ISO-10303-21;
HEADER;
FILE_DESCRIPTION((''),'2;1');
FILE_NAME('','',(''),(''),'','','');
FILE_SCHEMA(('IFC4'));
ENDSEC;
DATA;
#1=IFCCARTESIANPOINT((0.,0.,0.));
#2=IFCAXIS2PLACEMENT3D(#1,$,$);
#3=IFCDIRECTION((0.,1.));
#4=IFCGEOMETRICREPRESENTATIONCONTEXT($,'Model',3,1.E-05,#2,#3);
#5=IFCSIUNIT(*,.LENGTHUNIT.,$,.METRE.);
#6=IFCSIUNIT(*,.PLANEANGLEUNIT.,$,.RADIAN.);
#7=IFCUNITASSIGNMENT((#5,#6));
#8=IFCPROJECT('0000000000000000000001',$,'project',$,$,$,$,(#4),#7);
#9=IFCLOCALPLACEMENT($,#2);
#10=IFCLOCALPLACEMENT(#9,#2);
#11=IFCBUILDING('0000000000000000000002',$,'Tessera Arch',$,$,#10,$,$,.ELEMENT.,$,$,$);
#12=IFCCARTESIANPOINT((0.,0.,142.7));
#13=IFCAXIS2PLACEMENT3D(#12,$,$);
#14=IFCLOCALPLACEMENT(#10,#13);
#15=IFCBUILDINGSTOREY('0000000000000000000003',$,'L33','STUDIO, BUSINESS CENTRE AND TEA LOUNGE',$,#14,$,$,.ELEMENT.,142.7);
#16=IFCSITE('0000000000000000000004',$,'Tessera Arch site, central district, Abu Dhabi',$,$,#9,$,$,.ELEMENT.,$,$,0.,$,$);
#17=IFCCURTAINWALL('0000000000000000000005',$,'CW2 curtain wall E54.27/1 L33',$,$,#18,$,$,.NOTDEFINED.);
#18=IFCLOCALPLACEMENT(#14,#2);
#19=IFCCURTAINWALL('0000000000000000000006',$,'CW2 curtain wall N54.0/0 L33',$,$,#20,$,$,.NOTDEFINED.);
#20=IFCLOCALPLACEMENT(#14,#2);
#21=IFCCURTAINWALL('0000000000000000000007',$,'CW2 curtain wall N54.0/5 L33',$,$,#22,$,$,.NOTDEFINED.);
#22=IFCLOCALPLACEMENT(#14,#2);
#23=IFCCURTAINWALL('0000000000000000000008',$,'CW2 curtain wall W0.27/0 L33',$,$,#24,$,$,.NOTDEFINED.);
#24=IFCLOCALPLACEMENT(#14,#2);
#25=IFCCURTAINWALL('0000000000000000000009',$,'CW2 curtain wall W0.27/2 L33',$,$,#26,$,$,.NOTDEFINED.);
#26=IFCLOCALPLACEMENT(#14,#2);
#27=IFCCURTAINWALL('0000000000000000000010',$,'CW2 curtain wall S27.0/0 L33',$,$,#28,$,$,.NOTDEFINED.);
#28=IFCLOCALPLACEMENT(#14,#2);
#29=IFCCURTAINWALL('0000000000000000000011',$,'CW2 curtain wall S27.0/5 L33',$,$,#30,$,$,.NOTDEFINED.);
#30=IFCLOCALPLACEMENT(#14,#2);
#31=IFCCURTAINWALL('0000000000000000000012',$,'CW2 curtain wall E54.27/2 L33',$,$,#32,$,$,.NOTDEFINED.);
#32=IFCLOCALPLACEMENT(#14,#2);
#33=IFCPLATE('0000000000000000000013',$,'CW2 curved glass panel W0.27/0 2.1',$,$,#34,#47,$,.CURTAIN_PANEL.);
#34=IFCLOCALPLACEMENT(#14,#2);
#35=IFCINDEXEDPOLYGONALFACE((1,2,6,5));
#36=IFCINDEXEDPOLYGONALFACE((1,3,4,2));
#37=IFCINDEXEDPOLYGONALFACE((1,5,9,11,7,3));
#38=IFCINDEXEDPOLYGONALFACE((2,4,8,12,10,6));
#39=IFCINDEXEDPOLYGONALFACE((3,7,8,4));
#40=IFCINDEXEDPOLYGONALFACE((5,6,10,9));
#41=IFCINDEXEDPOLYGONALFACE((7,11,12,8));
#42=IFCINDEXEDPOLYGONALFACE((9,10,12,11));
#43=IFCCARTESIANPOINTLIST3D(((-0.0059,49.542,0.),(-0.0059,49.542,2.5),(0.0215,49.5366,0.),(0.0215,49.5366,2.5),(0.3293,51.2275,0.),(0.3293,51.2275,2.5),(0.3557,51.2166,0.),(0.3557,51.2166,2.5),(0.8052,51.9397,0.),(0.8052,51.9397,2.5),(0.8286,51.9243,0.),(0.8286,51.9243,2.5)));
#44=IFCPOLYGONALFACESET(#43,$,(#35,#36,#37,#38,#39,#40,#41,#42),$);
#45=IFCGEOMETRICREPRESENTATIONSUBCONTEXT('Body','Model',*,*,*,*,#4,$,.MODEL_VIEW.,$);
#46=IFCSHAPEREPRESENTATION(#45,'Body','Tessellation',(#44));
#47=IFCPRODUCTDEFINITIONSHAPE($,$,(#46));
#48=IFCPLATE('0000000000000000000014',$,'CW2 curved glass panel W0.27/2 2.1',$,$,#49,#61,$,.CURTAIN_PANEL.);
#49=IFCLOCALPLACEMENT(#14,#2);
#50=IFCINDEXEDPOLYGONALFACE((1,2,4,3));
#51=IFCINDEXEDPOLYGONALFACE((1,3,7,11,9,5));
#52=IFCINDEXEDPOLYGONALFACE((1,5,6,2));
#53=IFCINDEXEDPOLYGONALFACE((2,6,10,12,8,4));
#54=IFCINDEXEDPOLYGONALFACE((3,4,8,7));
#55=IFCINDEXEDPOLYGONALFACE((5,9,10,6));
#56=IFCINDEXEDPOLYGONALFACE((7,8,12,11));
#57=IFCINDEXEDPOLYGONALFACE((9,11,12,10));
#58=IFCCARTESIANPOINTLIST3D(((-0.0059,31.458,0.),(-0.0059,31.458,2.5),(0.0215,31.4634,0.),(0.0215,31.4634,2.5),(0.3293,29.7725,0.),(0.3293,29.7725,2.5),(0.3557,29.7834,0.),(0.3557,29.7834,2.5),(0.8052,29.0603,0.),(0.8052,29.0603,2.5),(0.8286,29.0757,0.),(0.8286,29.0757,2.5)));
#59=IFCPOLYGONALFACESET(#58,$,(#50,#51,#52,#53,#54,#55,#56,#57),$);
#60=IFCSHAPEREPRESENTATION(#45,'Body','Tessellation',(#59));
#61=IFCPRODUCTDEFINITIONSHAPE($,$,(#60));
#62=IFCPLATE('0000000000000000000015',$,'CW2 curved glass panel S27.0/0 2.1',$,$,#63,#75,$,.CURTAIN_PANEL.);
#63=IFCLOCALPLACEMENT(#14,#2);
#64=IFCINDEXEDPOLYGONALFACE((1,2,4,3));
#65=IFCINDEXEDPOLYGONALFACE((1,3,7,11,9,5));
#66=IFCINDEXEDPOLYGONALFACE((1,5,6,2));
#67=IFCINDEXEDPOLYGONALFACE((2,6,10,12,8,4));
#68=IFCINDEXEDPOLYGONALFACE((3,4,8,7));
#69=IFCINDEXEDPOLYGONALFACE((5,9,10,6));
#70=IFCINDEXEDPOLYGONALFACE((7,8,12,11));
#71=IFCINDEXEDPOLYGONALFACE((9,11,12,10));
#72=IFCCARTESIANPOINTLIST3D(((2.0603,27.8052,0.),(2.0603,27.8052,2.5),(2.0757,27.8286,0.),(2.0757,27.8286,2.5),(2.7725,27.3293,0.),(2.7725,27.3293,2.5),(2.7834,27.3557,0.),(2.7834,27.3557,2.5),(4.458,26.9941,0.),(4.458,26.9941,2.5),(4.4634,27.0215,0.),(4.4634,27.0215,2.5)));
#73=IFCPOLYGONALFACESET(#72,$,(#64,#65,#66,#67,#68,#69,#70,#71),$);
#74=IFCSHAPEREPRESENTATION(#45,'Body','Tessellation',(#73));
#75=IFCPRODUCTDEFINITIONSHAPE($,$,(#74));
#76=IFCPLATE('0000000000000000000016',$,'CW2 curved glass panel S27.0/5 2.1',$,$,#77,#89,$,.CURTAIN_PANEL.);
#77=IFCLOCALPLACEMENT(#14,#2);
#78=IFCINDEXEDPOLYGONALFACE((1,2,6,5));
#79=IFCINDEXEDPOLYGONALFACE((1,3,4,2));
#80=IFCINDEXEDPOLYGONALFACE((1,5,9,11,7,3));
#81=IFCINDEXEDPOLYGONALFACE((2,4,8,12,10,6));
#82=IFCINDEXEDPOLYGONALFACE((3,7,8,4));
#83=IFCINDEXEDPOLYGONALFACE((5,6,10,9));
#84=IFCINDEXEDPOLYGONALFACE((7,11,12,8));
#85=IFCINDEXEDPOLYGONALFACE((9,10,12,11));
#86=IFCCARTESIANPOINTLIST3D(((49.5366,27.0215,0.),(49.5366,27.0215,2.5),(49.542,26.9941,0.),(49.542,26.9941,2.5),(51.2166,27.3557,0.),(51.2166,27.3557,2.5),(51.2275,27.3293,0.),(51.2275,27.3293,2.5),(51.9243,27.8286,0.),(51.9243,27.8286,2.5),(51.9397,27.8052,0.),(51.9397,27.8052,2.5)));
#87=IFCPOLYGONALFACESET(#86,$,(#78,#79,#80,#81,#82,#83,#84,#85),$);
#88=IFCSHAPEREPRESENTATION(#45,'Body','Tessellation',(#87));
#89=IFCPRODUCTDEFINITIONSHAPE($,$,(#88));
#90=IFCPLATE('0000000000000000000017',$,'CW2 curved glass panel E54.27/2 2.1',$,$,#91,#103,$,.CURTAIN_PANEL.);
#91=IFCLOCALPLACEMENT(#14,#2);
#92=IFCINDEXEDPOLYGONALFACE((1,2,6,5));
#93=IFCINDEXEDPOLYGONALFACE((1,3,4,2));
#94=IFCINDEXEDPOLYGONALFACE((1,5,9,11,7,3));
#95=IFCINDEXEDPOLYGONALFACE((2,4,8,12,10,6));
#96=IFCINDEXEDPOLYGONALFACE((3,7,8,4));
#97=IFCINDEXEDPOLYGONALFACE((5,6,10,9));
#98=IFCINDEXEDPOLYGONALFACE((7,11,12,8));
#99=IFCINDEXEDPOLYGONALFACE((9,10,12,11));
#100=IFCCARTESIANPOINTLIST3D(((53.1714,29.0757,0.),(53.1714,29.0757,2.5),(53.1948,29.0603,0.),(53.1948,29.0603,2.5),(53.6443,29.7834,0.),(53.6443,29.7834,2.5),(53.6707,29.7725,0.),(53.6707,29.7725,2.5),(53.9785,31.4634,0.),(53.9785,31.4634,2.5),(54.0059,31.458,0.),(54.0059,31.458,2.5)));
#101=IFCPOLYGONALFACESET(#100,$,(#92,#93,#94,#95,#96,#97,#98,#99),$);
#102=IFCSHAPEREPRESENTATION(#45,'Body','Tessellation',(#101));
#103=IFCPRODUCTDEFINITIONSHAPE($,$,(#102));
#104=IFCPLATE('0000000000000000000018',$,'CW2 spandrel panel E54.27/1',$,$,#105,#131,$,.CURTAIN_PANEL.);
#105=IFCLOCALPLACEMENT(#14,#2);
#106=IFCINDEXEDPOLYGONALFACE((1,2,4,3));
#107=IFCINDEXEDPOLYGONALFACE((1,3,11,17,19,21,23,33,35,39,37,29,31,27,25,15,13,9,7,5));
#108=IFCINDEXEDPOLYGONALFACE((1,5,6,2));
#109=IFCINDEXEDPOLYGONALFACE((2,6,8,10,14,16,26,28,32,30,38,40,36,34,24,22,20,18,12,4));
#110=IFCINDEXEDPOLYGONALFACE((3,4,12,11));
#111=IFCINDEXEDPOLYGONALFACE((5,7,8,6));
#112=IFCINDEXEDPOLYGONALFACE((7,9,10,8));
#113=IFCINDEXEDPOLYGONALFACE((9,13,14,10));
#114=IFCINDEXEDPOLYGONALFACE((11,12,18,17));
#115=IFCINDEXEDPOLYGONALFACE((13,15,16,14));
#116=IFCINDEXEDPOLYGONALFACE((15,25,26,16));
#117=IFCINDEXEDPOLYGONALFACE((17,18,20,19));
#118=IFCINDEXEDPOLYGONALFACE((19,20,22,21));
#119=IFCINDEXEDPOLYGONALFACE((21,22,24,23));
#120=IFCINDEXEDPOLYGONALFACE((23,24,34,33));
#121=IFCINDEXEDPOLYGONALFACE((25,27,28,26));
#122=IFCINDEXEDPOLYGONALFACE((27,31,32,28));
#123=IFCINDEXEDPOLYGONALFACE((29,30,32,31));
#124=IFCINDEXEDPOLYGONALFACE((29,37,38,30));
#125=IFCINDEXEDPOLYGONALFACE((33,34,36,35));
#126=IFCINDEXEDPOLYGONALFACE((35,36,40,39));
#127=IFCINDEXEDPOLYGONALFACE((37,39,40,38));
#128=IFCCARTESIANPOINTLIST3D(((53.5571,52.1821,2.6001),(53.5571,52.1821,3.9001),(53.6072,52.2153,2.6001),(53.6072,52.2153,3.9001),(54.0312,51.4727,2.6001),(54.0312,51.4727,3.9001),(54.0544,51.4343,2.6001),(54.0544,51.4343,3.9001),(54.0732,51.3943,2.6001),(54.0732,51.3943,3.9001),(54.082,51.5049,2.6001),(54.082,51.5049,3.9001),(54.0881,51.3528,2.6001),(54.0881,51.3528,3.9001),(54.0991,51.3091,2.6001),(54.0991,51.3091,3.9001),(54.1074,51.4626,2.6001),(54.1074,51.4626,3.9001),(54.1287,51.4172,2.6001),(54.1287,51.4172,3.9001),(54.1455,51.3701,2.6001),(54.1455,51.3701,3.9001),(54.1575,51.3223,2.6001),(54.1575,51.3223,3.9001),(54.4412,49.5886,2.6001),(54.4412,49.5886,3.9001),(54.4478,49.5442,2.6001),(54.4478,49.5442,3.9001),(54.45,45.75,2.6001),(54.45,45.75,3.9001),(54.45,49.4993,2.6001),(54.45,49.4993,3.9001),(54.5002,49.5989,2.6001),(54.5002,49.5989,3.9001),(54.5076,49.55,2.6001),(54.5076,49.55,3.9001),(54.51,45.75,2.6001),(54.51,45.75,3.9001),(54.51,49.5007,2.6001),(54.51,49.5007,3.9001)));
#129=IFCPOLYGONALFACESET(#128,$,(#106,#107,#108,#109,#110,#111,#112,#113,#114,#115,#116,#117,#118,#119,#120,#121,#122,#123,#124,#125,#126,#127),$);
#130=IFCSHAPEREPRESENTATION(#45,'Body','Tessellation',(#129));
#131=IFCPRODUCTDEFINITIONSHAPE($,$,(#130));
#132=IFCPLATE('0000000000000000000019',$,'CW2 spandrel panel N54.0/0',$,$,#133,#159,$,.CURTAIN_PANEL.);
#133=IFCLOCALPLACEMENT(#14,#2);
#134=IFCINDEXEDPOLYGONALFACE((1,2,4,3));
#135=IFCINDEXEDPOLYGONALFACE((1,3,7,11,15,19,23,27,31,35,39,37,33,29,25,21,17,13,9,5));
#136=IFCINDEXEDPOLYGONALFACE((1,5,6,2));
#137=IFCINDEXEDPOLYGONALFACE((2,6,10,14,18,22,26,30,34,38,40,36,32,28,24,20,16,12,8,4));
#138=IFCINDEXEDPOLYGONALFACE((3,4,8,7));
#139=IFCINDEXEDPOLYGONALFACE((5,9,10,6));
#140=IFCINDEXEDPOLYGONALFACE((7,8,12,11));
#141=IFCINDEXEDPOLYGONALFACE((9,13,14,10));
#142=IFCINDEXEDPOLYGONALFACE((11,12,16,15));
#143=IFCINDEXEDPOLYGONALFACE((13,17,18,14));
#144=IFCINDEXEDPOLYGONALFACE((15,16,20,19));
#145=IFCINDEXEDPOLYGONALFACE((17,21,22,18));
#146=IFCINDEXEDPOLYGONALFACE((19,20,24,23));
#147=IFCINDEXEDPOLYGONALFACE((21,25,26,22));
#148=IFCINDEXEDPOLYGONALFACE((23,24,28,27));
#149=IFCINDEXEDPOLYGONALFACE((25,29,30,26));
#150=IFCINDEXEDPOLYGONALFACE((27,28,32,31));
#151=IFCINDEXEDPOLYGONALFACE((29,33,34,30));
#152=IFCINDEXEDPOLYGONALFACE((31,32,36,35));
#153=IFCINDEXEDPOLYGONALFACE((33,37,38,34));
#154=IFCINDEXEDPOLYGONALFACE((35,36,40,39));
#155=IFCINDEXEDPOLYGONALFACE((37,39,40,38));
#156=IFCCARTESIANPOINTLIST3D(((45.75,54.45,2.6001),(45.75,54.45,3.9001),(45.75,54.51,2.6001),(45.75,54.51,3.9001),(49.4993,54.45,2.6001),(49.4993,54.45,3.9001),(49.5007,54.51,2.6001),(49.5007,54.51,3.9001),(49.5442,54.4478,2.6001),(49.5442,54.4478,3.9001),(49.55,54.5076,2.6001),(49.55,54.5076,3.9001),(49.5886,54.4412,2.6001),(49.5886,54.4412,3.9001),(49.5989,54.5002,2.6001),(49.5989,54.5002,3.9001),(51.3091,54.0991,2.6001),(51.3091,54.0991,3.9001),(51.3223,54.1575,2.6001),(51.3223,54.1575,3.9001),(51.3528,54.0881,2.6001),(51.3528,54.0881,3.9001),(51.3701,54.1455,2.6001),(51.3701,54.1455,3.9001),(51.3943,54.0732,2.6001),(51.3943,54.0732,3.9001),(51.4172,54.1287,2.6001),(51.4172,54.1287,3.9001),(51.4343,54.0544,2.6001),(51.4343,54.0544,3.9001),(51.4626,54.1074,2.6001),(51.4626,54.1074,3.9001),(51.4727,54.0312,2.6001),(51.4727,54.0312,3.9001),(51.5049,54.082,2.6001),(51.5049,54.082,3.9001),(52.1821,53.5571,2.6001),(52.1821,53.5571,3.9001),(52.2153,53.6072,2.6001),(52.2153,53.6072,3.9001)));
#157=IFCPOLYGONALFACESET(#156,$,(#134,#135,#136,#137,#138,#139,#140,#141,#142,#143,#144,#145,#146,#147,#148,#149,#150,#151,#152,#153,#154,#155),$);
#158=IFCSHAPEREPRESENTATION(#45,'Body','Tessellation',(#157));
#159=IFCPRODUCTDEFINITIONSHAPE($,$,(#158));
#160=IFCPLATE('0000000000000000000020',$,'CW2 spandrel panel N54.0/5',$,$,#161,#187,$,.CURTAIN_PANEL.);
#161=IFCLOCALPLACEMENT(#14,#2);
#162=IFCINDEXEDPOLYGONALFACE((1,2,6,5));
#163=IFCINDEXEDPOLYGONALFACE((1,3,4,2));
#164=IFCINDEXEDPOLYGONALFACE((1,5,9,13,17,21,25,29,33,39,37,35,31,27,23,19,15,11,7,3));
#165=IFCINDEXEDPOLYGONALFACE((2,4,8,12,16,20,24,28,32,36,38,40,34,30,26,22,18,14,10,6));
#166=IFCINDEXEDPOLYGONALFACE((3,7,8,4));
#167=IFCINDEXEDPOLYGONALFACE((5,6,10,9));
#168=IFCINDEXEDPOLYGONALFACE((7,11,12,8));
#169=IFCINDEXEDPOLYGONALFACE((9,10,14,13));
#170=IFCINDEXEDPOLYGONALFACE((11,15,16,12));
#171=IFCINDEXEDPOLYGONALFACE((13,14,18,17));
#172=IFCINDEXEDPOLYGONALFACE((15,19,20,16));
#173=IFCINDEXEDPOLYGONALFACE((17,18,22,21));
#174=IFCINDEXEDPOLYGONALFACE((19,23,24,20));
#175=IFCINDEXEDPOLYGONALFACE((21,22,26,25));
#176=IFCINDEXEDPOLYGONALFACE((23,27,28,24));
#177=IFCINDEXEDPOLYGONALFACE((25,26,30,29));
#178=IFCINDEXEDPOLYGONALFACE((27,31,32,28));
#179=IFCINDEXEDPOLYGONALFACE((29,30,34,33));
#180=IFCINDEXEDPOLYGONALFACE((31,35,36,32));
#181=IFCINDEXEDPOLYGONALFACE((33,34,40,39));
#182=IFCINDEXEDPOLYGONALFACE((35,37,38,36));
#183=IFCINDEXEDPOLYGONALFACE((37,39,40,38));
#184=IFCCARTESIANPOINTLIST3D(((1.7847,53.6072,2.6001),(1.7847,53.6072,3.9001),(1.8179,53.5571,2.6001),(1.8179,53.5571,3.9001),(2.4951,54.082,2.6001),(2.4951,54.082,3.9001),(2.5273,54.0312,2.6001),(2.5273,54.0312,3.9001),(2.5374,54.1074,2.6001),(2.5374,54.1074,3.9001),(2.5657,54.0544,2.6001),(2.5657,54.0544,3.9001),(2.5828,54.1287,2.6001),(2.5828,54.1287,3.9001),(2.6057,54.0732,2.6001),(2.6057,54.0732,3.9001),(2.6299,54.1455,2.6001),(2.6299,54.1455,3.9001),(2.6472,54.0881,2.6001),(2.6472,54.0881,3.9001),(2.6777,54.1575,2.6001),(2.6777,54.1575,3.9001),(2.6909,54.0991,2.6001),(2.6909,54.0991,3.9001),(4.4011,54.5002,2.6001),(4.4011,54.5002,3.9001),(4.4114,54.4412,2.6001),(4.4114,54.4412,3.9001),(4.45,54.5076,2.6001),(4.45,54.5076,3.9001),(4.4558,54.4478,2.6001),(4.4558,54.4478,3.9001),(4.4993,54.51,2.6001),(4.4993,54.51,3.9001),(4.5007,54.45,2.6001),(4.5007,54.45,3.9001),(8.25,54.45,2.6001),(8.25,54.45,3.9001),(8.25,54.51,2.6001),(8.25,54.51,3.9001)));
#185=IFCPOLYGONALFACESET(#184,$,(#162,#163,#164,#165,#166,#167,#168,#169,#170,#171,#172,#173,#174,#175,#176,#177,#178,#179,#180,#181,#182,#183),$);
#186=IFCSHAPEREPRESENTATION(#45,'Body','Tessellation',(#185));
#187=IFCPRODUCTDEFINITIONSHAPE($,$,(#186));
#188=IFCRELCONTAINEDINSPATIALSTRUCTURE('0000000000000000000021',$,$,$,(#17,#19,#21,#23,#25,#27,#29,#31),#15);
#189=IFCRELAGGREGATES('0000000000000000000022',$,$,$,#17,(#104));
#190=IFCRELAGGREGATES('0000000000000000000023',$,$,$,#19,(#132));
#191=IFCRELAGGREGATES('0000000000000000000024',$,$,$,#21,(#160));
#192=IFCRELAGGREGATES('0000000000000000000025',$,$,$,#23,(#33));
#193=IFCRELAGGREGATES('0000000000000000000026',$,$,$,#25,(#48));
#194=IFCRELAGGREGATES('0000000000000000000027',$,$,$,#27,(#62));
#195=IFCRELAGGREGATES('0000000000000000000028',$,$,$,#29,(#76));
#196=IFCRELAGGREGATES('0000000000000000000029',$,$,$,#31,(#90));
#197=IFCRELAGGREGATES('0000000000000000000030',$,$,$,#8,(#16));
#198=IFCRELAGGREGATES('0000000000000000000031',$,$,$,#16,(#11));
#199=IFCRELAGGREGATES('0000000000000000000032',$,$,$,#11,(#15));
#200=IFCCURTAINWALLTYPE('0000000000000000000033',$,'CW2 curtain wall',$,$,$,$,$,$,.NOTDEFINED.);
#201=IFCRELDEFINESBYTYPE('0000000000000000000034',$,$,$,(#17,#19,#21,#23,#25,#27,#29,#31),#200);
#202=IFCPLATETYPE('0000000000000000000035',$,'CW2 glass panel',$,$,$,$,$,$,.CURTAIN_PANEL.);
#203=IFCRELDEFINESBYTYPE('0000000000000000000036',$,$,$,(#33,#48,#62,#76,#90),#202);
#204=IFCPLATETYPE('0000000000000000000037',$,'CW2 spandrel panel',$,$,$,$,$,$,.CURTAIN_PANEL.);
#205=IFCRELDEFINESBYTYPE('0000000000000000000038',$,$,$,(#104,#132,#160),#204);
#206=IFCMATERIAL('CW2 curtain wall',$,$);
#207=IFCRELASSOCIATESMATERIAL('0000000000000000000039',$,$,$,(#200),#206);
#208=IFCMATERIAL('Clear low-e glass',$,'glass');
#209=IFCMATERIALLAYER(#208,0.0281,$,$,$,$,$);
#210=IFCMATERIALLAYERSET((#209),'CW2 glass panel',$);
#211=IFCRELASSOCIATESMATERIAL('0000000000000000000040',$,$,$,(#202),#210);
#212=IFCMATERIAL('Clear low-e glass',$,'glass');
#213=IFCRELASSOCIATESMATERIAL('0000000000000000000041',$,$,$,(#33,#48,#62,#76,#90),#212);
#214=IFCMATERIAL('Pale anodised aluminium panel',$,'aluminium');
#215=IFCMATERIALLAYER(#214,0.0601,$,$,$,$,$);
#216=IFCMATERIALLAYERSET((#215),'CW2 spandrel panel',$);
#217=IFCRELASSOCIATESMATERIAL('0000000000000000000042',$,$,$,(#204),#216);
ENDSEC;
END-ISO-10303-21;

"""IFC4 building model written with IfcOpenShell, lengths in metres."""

from ifc_helpers import new_model, si_unit, direction, frame, origin, place, context, subcontext, project, spatial, polyline, outline, extrude, material, layer, layer_set, type_object, element, aggregate, save


model = new_model("IFC4")

# Units and contexts
model_context = context("Model", 3, precision=1e-05, world=origin(), true_north=direction((0.0, 1.0)))
body_context = subcontext(model_context, "Body", "Model", "MODEL_VIEW")
ifc_project = project(units=[si_unit("LENGTHUNIT", "METRE"), si_unit("PLANEANGLEUNIT", "RADIAN")], contexts=[model_context])

# Site, building, storey
site_placement = place(None, origin())
site = spatial("IfcSite", under=ifc_project, at=site_placement, Name="Tessera Arch site, central district, Abu Dhabi", CompositionType="ELEMENT", RefElevation=0.0)
building_placement = place(site_placement, origin())
building = spatial("IfcBuilding", under=site, at=building_placement, Name="Tessera Arch", CompositionType="ELEMENT")
storey_placement = place(building_placement, frame((0.0, 0.0, 142.7)))
storey = spatial("IfcBuildingStorey", under=building, at=storey_placement, Name="L33", Description="STUDIO, BUSINESS CENTRE AND TEA LOUNGE", CompositionType="ELEMENT", Elevation=142.7)

# Curtain walls
ifc_material_1 = material(Name="CW2 curtain wall")
curtain_wall_type = type_object("IfcCurtainWallType", Name="CW2 curtain wall", PredefinedType="NOTDEFINED", material=ifc_material_1)
curtain_wall_1_placement = place(storey_placement, origin())
curtain_wall_1 = element("IfcCurtainWall", 1, at=curtain_wall_1_placement, inside=storey, type_object=curtain_wall_type, Name="CW2 curtain wall E54.27/1 L33", PredefinedType="NOTDEFINED")
curtain_wall_2_placement = place(storey_placement, origin())
curtain_wall_2 = element("IfcCurtainWall", 2, at=curtain_wall_2_placement, inside=storey, type_object=curtain_wall_type, Name="CW2 curtain wall N54.0/0 L33", PredefinedType="NOTDEFINED")
curtain_wall_3_placement = place(storey_placement, origin())
curtain_wall_3 = element("IfcCurtainWall", 3, at=curtain_wall_3_placement, inside=storey, type_object=curtain_wall_type, Name="CW2 curtain wall N54.0/5 L33", PredefinedType="NOTDEFINED")
curtain_wall_4_placement = place(storey_placement, origin())
curtain_wall_4 = element("IfcCurtainWall", 4, at=curtain_wall_4_placement, inside=storey, type_object=curtain_wall_type, Name="CW2 curtain wall W0.27/0 L33", PredefinedType="NOTDEFINED")
curtain_wall_5_placement = place(storey_placement, origin())
curtain_wall_5 = element("IfcCurtainWall", 5, at=curtain_wall_5_placement, inside=storey, type_object=curtain_wall_type, Name="CW2 curtain wall W0.27/2 L33", PredefinedType="NOTDEFINED")
curtain_wall_6_placement = place(storey_placement, origin())
curtain_wall_6 = element("IfcCurtainWall", 6, at=curtain_wall_6_placement, inside=storey, type_object=curtain_wall_type, Name="CW2 curtain wall S27.0/0 L33", PredefinedType="NOTDEFINED")
curtain_wall_7_placement = place(storey_placement, origin())
curtain_wall_7 = element("IfcCurtainWall", 7, at=curtain_wall_7_placement, inside=storey, type_object=curtain_wall_type, Name="CW2 curtain wall S27.0/5 L33", PredefinedType="NOTDEFINED")
curtain_wall_8_placement = place(storey_placement, origin())
curtain_wall_8 = element("IfcCurtainWall", 8, at=curtain_wall_8_placement, inside=storey, type_object=curtain_wall_type, Name="CW2 curtain wall E54.27/2 L33", PredefinedType="NOTDEFINED")

# Plates
ifc_material_2 = material(Name="Clear low-e glass", Category="glass")
ifc_material_3 = material(Name="Clear low-e glass", Category="glass")
ifc_layer_1 = layer(ifc_material_3, 0.0281)
ifc_layer_set_1 = layer_set([ifc_layer_1], Name="CW2 glass panel")
plate_type_1 = type_object("IfcPlateType", Name="CW2 glass panel", PredefinedType="CURTAIN_PANEL", material=ifc_layer_set_1)
plate_1_placement = place(storey_placement, origin())
plate_1 = element("IfcPlate", 9, at=plate_1_placement, type_object=plate_type_1, material=ifc_material_2, Name="CW2 curved glass panel W0.27/0 2.1", PredefinedType="CURTAIN_PANEL", context=body_context, shape_type="SweptSolid", body=[
    extrude(outline(polyline([(0.3557, 51.2166), (0.8286, 51.9243), (0.8052, 51.9397), (0.3293, 51.2275), (-0.0059, 49.542), (0.0215, 49.5366), (0.3557, 51.2166)])), origin(), (0.0, 0.0, 1.0), 2.5),
])
plate_2_placement = place(storey_placement, origin())
plate_2 = element("IfcPlate", 10, at=plate_2_placement, type_object=plate_type_1, material=ifc_material_2, Name="CW2 curved glass panel W0.27/2 2.1", PredefinedType="CURTAIN_PANEL", context=body_context, shape_type="SweptSolid", body=[
    extrude(outline(polyline([(0.3557, 29.7834), (0.0215, 31.4634), (-0.0059, 31.458), (0.3293, 29.7725), (0.8052, 29.0603), (0.8286, 29.0757), (0.3557, 29.7834)])), origin(), (0.0, 0.0, 1.0), 2.5),
])
plate_3_placement = place(storey_placement, origin())
plate_3 = element("IfcPlate", 11, at=plate_3_placement, type_object=plate_type_1, material=ifc_material_2, Name="CW2 curved glass panel S27.0/0 2.1", PredefinedType="CURTAIN_PANEL", context=body_context, shape_type="SweptSolid", body=[
    extrude(outline(polyline([(2.7834, 27.3557), (2.0757, 27.8286), (2.0603, 27.8052), (2.7725, 27.3293), (4.458, 26.9941), (4.4634, 27.0215), (2.7834, 27.3557)])), origin(), (0.0, 0.0, 1.0), 2.5),
])
plate_4_placement = place(storey_placement, origin())
plate_4 = element("IfcPlate", 12, at=plate_4_placement, type_object=plate_type_1, material=ifc_material_2, Name="CW2 curved glass panel S27.0/5 2.1", PredefinedType="CURTAIN_PANEL", context=body_context, shape_type="SweptSolid", body=[
    extrude(outline(polyline([(51.2166, 27.3557), (49.5366, 27.0215), (49.542, 26.9941), (51.2275, 27.3293), (51.9397, 27.8052), (51.9243, 27.8286), (51.2166, 27.3557)])), origin(), (0.0, 0.0, 1.0), 2.5),
])
plate_5_placement = place(storey_placement, origin())
plate_5 = element("IfcPlate", 13, at=plate_5_placement, type_object=plate_type_1, material=ifc_material_2, Name="CW2 curved glass panel E54.27/2 2.1", PredefinedType="CURTAIN_PANEL", context=body_context, shape_type="SweptSolid", body=[
    extrude(outline(polyline([(53.6443, 29.7834), (53.1714, 29.0757), (53.1948, 29.0603), (53.6707, 29.7725), (54.0059, 31.458), (53.9785, 31.4634), (53.6443, 29.7834)])), origin(), (0.0, 0.0, 1.0), 2.5),
])
ifc_material_4 = material(Name="Pale anodised aluminium panel", Category="aluminium")
ifc_layer_2 = layer(ifc_material_4, 0.0601)
ifc_layer_set_2 = layer_set([ifc_layer_2], Name="CW2 spandrel panel")
plate_type_2 = type_object("IfcPlateType", Name="CW2 spandrel panel", PredefinedType="CURTAIN_PANEL", material=ifc_layer_set_2)
plate_6_placement = place(storey_placement, frame((0.0, 0.0, 2.6001)))
plate_6 = element("IfcPlate", 14, at=plate_6_placement, type_object=plate_type_2, Name="CW2 spandrel panel E54.27/1", PredefinedType="CURTAIN_PANEL", context=body_context, shape_type="SweptSolid", body=[
    extrude(outline(polyline([(54.45, 49.4993), (54.45, 45.75), (54.51, 45.75), (54.51, 49.5007), (54.5076, 49.55), (54.5002, 49.5989), (54.1575, 51.3223), (54.1455, 51.3701), (54.1287, 51.4172), (54.1074, 51.4626), (54.082, 51.5049), (53.6072, 52.2153), (53.5571, 52.1821), (54.0312, 51.4727), (54.0544, 51.4343), (54.0732, 51.3943), (54.0881, 51.3528), (54.0991, 51.3091), (54.4412, 49.5886), (54.4478, 49.5442), (54.45, 49.4993)])), origin(), (0.0, 0.0, 1.0), 1.3),
])
aggregate(curtain_wall_1, [plate_6])
plate_7_placement = place(storey_placement, frame((0.0, 0.0, 2.6001)))
plate_7 = element("IfcPlate", 15, at=plate_7_placement, type_object=plate_type_2, Name="CW2 spandrel panel N54.0/0", PredefinedType="CURTAIN_PANEL", context=body_context, shape_type="SweptSolid", body=[
    extrude(outline(polyline([(51.4727, 54.0312), (52.1821, 53.5571), (52.2153, 53.6072), (51.5049, 54.082), (51.4626, 54.1074), (51.4172, 54.1287), (51.3701, 54.1455), (51.3223, 54.1575), (49.5989, 54.5002), (49.55, 54.5076), (49.5007, 54.51), (45.75, 54.51), (45.75, 54.45), (49.4993, 54.45), (49.5442, 54.4478), (49.5886, 54.4412), (51.3091, 54.0991), (51.3528, 54.0881), (51.3943, 54.0732), (51.4343, 54.0544), (51.4727, 54.0312)])), origin(), (0.0, 0.0, 1.0), 1.3),
])
aggregate(curtain_wall_2, [plate_7])
plate_8_placement = place(storey_placement, frame((0.0, 0.0, 2.6001)))
plate_8 = element("IfcPlate", 16, at=plate_8_placement, type_object=plate_type_2, Name="CW2 spandrel panel N54.0/5", PredefinedType="CURTAIN_PANEL", context=body_context, shape_type="SweptSolid", body=[
    extrude(outline(polyline([(4.5007, 54.45), (8.25, 54.45), (8.25, 54.51), (4.4993, 54.51), (4.45, 54.5076), (4.4011, 54.5002), (2.6777, 54.1575), (2.6299, 54.1455), (2.5828, 54.1287), (2.5374, 54.1074), (2.4951, 54.082), (1.7847, 53.6072), (1.8179, 53.5571), (2.5273, 54.0312), (2.5657, 54.0544), (2.6057, 54.0732), (2.6472, 54.0881), (2.6909, 54.0991), (4.4114, 54.4412), (4.4558, 54.4478), (4.5007, 54.45)])), origin(), (0.0, 0.0, 1.0), 1.3),
])
aggregate(curtain_wall_3, [plate_8])
aggregate(curtain_wall_4, [plate_1])
aggregate(curtain_wall_5, [plate_2])
aggregate(curtain_wall_6, [plate_3])
aggregate(curtain_wall_7, [plate_4])
aggregate(curtain_wall_8, [plate_5])

save(model, "model.ifc")
